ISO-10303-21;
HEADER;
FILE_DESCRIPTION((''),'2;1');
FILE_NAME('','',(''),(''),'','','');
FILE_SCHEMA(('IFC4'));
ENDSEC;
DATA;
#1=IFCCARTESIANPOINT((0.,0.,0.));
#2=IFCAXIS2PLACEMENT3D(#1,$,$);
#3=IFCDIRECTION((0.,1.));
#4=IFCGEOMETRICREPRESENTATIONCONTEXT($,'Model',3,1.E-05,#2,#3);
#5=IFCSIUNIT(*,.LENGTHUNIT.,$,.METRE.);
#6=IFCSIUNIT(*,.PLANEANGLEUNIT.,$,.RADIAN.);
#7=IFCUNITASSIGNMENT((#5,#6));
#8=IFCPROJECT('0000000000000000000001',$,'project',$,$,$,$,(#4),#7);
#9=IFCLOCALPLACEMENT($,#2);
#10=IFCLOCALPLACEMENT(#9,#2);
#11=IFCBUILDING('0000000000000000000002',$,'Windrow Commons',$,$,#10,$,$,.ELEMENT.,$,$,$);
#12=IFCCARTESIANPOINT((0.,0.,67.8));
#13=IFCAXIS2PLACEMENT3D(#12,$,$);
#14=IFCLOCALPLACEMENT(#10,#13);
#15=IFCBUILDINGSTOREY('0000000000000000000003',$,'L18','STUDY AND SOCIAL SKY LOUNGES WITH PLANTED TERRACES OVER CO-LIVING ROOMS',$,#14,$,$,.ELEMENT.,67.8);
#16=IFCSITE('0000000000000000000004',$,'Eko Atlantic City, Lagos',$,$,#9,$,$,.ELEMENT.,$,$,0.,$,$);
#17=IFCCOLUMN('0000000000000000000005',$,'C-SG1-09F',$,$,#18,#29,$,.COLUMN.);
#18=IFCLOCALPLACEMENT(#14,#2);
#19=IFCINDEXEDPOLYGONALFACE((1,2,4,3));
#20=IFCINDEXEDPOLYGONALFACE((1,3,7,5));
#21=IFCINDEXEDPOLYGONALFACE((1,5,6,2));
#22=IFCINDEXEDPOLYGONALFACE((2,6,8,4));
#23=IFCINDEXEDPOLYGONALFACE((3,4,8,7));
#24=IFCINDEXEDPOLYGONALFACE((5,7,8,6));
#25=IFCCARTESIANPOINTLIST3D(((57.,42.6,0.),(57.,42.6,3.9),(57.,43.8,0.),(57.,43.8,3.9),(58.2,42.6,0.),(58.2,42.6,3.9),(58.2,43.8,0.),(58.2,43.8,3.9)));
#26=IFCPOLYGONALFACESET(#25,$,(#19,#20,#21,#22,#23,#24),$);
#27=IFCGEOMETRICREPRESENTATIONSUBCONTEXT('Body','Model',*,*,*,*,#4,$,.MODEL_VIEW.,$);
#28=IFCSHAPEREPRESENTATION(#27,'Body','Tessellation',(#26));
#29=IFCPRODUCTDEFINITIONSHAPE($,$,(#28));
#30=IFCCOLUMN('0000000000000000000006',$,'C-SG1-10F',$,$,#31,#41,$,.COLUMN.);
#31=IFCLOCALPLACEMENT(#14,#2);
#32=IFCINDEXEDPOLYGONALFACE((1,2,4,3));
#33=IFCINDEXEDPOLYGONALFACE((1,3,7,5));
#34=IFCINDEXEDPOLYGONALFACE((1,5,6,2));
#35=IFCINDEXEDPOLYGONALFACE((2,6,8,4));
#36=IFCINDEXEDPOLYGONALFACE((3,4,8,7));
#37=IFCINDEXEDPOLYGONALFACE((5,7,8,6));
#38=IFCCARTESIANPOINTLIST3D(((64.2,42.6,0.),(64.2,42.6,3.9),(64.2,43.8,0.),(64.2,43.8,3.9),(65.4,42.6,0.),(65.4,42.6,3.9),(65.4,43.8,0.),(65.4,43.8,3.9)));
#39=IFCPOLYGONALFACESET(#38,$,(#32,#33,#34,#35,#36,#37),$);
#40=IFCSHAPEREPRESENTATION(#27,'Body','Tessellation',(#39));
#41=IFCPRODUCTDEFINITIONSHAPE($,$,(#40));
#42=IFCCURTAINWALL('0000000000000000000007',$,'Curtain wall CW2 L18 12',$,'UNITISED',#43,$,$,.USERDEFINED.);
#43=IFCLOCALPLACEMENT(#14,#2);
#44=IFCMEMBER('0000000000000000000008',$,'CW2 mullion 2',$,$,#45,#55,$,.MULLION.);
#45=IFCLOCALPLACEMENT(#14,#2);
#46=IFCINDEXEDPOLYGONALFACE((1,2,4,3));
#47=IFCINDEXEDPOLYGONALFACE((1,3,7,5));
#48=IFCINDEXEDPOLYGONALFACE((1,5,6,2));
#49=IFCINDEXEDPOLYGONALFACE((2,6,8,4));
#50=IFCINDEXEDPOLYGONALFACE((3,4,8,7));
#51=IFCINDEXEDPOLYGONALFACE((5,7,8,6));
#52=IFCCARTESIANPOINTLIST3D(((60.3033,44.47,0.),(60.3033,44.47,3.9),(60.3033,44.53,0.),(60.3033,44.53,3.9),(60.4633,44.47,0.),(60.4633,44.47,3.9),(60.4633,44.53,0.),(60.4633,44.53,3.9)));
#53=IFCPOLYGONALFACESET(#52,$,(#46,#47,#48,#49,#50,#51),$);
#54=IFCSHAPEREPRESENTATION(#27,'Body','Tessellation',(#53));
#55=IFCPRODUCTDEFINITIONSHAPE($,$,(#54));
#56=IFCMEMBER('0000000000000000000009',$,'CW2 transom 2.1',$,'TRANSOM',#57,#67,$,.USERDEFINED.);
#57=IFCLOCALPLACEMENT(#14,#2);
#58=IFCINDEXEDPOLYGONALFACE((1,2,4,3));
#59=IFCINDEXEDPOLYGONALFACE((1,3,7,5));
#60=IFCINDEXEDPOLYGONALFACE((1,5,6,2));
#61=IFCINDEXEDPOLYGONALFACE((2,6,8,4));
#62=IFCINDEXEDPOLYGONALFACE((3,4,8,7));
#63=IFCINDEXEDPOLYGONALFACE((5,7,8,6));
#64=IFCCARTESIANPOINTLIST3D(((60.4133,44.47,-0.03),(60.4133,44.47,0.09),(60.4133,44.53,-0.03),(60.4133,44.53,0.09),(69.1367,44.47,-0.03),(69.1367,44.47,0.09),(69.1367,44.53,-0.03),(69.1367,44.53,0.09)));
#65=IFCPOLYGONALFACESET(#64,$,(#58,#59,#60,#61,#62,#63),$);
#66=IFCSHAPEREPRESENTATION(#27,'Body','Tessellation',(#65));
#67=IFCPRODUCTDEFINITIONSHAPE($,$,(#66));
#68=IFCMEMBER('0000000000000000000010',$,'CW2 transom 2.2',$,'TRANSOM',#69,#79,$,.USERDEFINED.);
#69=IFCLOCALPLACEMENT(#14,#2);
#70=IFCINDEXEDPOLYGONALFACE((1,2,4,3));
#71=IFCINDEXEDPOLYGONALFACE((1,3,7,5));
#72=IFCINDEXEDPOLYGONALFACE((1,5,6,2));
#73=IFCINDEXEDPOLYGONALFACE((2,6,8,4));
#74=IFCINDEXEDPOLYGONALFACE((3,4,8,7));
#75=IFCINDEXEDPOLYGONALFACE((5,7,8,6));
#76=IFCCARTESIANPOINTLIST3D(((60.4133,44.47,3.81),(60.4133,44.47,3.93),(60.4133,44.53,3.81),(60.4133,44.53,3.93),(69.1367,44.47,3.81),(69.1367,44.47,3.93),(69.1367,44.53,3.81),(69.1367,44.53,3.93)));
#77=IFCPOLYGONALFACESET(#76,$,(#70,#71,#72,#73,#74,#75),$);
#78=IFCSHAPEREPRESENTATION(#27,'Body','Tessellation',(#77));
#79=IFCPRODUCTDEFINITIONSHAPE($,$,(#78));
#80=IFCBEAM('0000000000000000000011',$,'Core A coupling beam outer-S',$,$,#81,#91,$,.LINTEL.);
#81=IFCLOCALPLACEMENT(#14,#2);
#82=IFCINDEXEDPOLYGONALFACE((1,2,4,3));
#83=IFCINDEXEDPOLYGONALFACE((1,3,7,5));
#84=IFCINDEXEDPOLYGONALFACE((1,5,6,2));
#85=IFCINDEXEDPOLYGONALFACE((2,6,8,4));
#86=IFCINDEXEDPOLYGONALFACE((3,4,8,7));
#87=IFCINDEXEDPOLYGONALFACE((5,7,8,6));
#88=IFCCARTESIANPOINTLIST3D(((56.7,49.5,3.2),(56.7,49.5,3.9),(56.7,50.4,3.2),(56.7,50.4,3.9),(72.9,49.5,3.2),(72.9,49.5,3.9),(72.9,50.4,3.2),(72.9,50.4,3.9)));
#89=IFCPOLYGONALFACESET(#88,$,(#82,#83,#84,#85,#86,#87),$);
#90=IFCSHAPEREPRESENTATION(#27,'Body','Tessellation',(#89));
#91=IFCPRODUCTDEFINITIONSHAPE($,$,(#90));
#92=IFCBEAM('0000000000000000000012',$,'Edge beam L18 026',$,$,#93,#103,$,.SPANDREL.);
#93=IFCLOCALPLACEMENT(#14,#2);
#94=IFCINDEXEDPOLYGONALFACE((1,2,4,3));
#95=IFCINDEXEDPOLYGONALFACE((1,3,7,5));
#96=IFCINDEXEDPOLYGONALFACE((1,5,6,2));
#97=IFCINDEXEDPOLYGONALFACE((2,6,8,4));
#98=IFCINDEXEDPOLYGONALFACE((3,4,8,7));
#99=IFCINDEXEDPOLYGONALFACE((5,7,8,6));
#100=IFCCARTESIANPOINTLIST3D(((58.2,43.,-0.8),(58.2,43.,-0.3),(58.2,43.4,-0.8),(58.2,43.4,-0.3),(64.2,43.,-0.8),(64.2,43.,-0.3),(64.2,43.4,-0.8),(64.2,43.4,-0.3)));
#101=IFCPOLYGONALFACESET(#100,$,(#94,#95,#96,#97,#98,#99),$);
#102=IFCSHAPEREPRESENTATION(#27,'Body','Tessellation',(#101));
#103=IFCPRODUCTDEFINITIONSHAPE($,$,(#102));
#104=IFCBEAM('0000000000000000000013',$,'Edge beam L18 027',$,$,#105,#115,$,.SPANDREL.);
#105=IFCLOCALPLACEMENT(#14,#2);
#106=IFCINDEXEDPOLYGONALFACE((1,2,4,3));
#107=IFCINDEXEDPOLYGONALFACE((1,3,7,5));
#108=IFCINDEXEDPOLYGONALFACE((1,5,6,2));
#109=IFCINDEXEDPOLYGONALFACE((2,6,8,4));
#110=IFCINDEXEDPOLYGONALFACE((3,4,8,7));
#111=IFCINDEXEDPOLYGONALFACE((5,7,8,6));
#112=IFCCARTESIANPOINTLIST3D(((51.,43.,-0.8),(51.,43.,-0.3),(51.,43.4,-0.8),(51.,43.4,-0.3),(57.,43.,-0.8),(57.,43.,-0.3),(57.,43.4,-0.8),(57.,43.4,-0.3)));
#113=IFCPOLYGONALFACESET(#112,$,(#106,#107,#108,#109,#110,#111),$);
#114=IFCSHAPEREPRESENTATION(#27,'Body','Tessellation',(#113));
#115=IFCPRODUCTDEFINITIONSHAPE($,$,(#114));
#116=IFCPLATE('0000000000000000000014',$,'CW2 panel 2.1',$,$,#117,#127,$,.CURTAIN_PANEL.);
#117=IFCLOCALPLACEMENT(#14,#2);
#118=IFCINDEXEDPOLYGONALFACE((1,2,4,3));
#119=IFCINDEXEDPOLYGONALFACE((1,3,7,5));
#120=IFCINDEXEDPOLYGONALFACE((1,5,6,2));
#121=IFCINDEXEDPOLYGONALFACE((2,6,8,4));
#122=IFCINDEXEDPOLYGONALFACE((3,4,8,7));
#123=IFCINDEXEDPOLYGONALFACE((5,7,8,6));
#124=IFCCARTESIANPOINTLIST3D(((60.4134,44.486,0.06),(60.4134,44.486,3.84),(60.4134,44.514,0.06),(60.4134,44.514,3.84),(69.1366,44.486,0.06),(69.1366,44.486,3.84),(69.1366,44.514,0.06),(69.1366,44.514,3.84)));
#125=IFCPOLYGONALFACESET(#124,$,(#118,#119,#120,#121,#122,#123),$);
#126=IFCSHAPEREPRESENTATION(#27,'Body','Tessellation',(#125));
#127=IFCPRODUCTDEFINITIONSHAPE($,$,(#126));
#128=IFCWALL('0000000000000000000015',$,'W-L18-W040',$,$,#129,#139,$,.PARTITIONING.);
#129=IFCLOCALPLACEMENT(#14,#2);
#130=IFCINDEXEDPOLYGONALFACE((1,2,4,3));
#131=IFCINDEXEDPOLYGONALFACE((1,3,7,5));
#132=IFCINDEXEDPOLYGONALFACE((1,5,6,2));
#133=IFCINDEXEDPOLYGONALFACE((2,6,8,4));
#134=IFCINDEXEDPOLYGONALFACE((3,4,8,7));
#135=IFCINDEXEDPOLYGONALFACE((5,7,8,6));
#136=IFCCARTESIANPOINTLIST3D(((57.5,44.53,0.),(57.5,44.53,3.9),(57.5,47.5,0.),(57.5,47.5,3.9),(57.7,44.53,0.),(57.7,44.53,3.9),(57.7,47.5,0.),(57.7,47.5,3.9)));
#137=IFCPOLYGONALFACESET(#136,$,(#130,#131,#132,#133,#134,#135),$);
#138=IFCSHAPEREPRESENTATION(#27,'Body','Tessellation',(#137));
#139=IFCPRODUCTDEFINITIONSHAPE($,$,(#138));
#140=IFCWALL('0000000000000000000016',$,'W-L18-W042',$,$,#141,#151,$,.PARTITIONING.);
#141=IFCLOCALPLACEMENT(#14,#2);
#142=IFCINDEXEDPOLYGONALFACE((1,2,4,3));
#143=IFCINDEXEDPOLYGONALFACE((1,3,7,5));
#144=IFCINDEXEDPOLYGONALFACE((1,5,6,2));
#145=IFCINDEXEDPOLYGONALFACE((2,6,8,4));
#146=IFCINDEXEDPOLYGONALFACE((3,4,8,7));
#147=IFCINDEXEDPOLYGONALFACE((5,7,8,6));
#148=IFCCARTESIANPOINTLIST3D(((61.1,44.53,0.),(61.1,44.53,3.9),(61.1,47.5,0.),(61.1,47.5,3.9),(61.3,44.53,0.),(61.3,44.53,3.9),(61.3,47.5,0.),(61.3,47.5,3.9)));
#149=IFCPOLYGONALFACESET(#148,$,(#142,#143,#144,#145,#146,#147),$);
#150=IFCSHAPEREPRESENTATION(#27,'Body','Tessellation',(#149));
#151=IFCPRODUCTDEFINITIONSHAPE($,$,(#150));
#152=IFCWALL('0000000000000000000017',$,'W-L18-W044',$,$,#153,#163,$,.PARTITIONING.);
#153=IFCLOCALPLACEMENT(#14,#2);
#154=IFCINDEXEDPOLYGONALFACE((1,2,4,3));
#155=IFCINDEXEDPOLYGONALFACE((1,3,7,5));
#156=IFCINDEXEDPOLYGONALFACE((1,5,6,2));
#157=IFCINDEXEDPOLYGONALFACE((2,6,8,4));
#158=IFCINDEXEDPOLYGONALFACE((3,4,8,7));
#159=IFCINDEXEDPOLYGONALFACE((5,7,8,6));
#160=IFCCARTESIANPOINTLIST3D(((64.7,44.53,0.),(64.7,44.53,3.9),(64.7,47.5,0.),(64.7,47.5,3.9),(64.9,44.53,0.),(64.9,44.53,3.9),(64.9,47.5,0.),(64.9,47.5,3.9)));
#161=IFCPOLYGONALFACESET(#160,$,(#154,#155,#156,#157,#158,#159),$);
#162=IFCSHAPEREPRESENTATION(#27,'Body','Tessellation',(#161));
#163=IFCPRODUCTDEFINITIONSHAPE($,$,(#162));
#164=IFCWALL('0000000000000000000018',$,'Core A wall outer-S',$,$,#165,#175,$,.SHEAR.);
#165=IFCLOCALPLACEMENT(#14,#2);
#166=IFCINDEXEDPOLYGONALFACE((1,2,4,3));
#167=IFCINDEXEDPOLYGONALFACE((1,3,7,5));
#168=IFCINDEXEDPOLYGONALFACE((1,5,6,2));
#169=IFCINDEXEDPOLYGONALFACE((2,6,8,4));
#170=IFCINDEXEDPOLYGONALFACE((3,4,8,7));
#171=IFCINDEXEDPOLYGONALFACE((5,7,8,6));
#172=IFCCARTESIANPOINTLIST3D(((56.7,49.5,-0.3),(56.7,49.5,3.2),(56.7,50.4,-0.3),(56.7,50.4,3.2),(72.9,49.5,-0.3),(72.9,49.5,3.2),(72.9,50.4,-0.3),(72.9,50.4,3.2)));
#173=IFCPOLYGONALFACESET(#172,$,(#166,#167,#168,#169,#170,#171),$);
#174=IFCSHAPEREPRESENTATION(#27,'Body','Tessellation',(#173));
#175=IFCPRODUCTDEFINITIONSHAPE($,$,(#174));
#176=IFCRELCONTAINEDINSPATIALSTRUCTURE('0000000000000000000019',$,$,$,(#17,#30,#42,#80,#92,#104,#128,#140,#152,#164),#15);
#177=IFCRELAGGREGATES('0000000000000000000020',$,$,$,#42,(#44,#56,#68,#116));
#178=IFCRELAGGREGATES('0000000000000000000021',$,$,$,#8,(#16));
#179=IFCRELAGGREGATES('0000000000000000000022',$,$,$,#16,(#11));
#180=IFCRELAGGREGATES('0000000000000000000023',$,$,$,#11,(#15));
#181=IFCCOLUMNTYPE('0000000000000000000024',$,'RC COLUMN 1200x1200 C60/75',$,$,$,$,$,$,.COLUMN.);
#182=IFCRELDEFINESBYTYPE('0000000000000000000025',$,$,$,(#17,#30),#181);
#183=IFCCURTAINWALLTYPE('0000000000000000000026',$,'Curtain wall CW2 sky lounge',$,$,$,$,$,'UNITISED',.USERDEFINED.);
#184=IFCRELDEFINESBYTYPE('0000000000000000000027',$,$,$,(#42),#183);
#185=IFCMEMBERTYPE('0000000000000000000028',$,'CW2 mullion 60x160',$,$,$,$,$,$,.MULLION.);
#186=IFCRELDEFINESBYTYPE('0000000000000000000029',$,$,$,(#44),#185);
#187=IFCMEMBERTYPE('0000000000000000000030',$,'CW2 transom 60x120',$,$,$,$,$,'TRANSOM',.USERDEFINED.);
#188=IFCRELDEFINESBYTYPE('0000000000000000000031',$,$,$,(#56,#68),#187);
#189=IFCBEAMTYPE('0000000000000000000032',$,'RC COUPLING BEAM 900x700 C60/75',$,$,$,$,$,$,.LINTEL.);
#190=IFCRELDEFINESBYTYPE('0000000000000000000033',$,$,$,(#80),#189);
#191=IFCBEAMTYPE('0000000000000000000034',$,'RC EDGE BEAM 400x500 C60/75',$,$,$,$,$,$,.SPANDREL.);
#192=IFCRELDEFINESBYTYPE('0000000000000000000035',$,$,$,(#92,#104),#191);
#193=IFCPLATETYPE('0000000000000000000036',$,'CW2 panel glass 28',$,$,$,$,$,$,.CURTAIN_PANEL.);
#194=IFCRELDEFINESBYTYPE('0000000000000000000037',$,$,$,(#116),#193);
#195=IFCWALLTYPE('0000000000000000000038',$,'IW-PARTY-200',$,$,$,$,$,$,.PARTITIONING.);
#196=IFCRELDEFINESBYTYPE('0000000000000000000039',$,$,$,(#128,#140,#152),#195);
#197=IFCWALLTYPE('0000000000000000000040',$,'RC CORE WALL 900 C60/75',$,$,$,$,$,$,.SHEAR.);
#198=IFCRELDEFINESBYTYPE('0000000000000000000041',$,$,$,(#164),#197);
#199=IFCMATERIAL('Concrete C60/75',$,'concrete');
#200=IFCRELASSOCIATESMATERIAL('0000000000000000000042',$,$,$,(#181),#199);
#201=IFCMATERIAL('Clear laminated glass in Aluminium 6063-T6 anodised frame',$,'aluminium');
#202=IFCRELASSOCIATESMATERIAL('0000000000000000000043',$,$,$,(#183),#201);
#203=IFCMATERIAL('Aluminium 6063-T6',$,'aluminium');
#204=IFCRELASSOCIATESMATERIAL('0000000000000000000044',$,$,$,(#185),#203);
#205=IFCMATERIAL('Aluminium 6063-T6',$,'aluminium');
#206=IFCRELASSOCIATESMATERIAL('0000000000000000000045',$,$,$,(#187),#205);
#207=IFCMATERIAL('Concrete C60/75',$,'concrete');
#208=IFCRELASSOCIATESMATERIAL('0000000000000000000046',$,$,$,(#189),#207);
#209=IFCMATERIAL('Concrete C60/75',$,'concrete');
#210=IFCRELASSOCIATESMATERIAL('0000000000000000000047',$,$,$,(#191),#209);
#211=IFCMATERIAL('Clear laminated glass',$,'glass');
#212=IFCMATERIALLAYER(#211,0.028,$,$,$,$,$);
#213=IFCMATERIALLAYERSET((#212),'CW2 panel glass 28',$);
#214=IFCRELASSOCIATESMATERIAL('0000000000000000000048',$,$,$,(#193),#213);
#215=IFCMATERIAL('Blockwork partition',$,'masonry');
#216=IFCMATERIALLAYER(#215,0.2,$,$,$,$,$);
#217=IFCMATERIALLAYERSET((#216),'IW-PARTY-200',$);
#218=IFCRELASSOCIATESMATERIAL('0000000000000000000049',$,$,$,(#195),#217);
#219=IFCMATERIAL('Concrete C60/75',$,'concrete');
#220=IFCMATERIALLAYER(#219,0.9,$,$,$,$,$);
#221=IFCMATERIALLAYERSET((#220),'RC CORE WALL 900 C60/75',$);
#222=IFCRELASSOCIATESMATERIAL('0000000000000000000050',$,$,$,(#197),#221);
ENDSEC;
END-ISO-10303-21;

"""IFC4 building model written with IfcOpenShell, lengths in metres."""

from ifc_helpers import new_model, si_unit, direction, frame, frame_2d, origin, origin_2d, place, context, subcontext, project, spatial, rectangle, extrude, material, layer, layer_set, material_profile, profile_set, type_object, element, aggregate, save


model = new_model("IFC4")

# Units and contexts
model_context = context("Model", 3, precision=1e-05, world=origin(), true_north=direction((0.0, 1.0)))
body_context = subcontext(model_context, "Body", "Model", "MODEL_VIEW")
ifc_project = project(units=[si_unit("LENGTHUNIT", "METRE"), si_unit("PLANEANGLEUNIT", "RADIAN")], contexts=[model_context])

# Site, building, storey
site_placement = place(None, origin())
site = spatial("IfcSite", under=ifc_project, at=site_placement, Name="Eko Atlantic City, Lagos", CompositionType="ELEMENT", RefElevation=0.0)
building_placement = place(site_placement, origin())
building = spatial("IfcBuilding", under=site, at=building_placement, Name="Windrow Commons", CompositionType="ELEMENT")
storey_placement = place(building_placement, frame((0.0, 0.0, 67.8)))
storey = spatial("IfcBuildingStorey", under=building, at=storey_placement, Name="L18", Description="STUDY AND SOCIAL SKY LOUNGES WITH PLANTED TERRACES OVER CO-LIVING ROOMS", CompositionType="ELEMENT", Elevation=67.8)

# Columns
ifc_material_1 = material(Name="Concrete C60/75", Category="concrete")
ifc_material_profile_1 = material_profile(ifc_material_1, rectangle(XDim=1.2, YDim=1.2, at=origin_2d()))
ifc_profile_set_1 = profile_set([ifc_material_profile_1], Name="Concrete C60/75")
column_type = type_object("IfcColumnType", Name="RC COLUMN 1200x1200 C60/75", PredefinedType="COLUMN", material=ifc_profile_set_1)
for number, where, z_axis, x_axis, name in (
    (1, (57.6, 43.2, 0.0), (0.0, 0.0, 1.0), (1.0, 0.0, 0.0), "C-SG1-09F"),
    (2, (64.8, 43.2, 0.0), (0.0, 0.0, 1.0), (1.0, 0.0, 0.0), "C-SG1-10F"),
):
    element("IfcColumn", number, at=place(storey_placement, frame(where, z_axis=z_axis, x_axis=x_axis)), inside=storey, type_object=column_type, Name=name, PredefinedType="COLUMN", context=body_context, shape_type="SweptSolid", body=[
        extrude(rectangle(XDim=1.2, YDim=1.2, at=origin_2d()), origin(), (0.0, 0.0, 1.0), 3.9),
    ])

# Curtain wall, members
ifc_material_2 = material(Name="Clear laminated glass in Aluminium 6063-T6 anodised frame", Category="aluminium")
curtain_wall_type = type_object("IfcCurtainWallType", Name="Curtain wall CW2 sky lounge", ElementType="UNITISED", PredefinedType="USERDEFINED", material=ifc_material_2)
curtain_wall_placement = place(storey_placement, origin())
curtain_wall = element("IfcCurtainWall", 3, at=curtain_wall_placement, inside=storey, type_object=curtain_wall_type, Name="Curtain wall CW2 L18 12", ObjectType="UNITISED", PredefinedType="USERDEFINED")
ifc_material_3 = material(Name="Aluminium 6063-T6", Category="aluminium")
ifc_material_profile_2 = material_profile(ifc_material_3, rectangle(XDim=0.06, YDim=0.16, at=origin_2d()))
ifc_profile_set_2 = profile_set([ifc_material_profile_2], Name="Aluminium 6063-T6")
member_type_1 = type_object("IfcMemberType", Name="CW2 mullion 60x160", PredefinedType="MULLION", material=ifc_profile_set_2)
member_1_placement = place(storey_placement, frame((60.3833, 44.5, 0.0), z_axis=(0.0, 0.0, 1.0), x_axis=(0.0, 1.0, 0.0)))
member_1 = element("IfcMember", 4, at=member_1_placement, type_object=member_type_1, Name="CW2 mullion 2", PredefinedType="MULLION", context=body_context, shape_type="SweptSolid", body=[
    extrude(rectangle(XDim=0.06, YDim=0.16, at=origin_2d()), origin(), (0.0, 0.0, 1.0), 3.9),
])
ifc_material_4 = material(Name="Aluminium 6063-T6", Category="aluminium")
ifc_material_profile_3 = material_profile(ifc_material_4, rectangle(XDim=0.06, YDim=0.12, at=origin_2d()))
ifc_profile_set_3 = profile_set([ifc_material_profile_3], Name="Aluminium 6063-T6")
member_type_2 = type_object("IfcMemberType", Name="CW2 transom 60x120", ElementType="TRANSOM", PredefinedType="USERDEFINED", material=ifc_profile_set_3)
member_2_placement = place(storey_placement, frame((60.4133, 44.5, 0.03), z_axis=(1.0, 0.0, 0.0), x_axis=(0.0, 1.0, 0.0)))
member_2 = element("IfcMember", 5, at=member_2_placement, type_object=member_type_2, Name="CW2 transom 2.1", ObjectType="TRANSOM", PredefinedType="USERDEFINED", context=body_context, shape_type="SweptSolid", body=[
    extrude(rectangle(XDim=0.06, YDim=0.12, at=origin_2d()), origin(), (0.0, 0.0, 1.0), 8.7234),
])
member_3_placement = place(storey_placement, frame((60.4133, 44.5, 3.87), z_axis=(1.0, 0.0, 0.0), x_axis=(0.0, 1.0, 0.0)))
member_3 = element("IfcMember", 6, at=member_3_placement, type_object=member_type_2, Name="CW2 transom 2.2", ObjectType="TRANSOM", PredefinedType="USERDEFINED", context=body_context, shape_type="SweptSolid", body=[
    extrude(rectangle(XDim=0.06, YDim=0.12, at=origin_2d()), origin(), (0.0, 0.0, 1.0), 8.7234),
])

# Beams
ifc_material_5 = material(Name="Concrete C60/75", Category="concrete")
ifc_material_profile_4 = material_profile(ifc_material_5, rectangle(XDim=0.9, YDim=0.7, at=origin_2d()))
ifc_profile_set_4 = profile_set([ifc_material_profile_4], Name="Concrete C60/75")
beam_type_1 = type_object("IfcBeamType", Name="RC COUPLING BEAM 900x700 C60/75", PredefinedType="LINTEL", material=ifc_profile_set_4)
beam_placement = place(storey_placement, frame((56.7, 49.95, 3.55), z_axis=(1.0, 0.0, 0.0), x_axis=(0.0, 1.0, 0.0)))
element("IfcBeam", 7, at=beam_placement, inside=storey, type_object=beam_type_1, Name="Core A coupling beam outer-S", PredefinedType="LINTEL", context=body_context, shape_type="SweptSolid", body=[
    extrude(rectangle(XDim=0.9, YDim=0.7, at=origin_2d()), origin(), (0.0, 0.0, 1.0), 16.2),
])
ifc_material_6 = material(Name="Concrete C60/75", Category="concrete")
ifc_material_profile_5 = material_profile(ifc_material_6, rectangle(XDim=0.4, YDim=0.5, at=origin_2d()))
ifc_profile_set_5 = profile_set([ifc_material_profile_5], Name="Concrete C60/75")
beam_type_2 = type_object("IfcBeamType", Name="RC EDGE BEAM 400x500 C60/75", PredefinedType="SPANDREL", material=ifc_profile_set_5)
for number, where, z_axis, x_axis, name in (
    (8, (64.2, 43.2, -0.55), (-1.0, 0.0, 0.0), (0.0, -1.0, 0.0), "Edge beam L18 026"),
    (9, (57.0, 43.2, -0.55), (-1.0, 0.0, 0.0), (0.0, -1.0, 0.0), "Edge beam L18 027"),
):
    element("IfcBeam", number, at=place(storey_placement, frame(where, z_axis=z_axis, x_axis=x_axis)), inside=storey, type_object=beam_type_2, Name=name, PredefinedType="SPANDREL", context=body_context, shape_type="SweptSolid", body=[
        extrude(rectangle(XDim=0.4, YDim=0.5, at=origin_2d()), origin(), (0.0, 0.0, 1.0), 6.0),
    ])

# Plate
ifc_material_7 = material(Name="Clear laminated glass", Category="glass")
ifc_layer_1 = layer(ifc_material_7, 0.028)
ifc_layer_set_1 = layer_set([ifc_layer_1], Name="CW2 panel glass 28")
plate_type = type_object("IfcPlateType", Name="CW2 panel glass 28", PredefinedType="CURTAIN_PANEL", material=ifc_layer_set_1)
plate_placement = place(storey_placement, frame((64.775, 44.5, 0.06), z_axis=(0.0, 0.0, 1.0), x_axis=(1.0, 0.0, 0.0)))
plate = element("IfcPlate", 10, at=plate_placement, type_object=plate_type, Name="CW2 panel 2.1", PredefinedType="CURTAIN_PANEL", context=body_context, shape_type="SweptSolid", body=[
    extrude(rectangle(XDim=8.7233, YDim=0.028, at=origin_2d()), origin(), (0.0, 0.0, 1.0), 3.78),
])
aggregate(curtain_wall, [member_1, member_2, member_3, plate])

# Walls
ifc_material_8 = material(Name="Blockwork partition", Category="masonry")
ifc_layer_2 = layer(ifc_material_8, 0.2)
ifc_layer_set_2 = layer_set([ifc_layer_2], Name="IW-PARTY-200")
wall_type_1 = type_object("IfcWallType", Name="IW-PARTY-200", PredefinedType="PARTITIONING", material=ifc_layer_set_2)
for number, where, z_axis, x_axis, name in (
    (11, (57.6, 44.53, 0.0), (0.0, 0.0, 1.0), (0.0, 1.0, 0.0), "W-L18-W040"),
    (12, (61.2, 44.53, 0.0), (0.0, 0.0, 1.0), (0.0, 1.0, 0.0), "W-L18-W042"),
    (13, (64.8, 44.53, 0.0), (0.0, 0.0, 1.0), (0.0, 1.0, 0.0), "W-L18-W044"),
):
    element("IfcWall", number, at=place(storey_placement, frame(where, z_axis=z_axis, x_axis=x_axis)), inside=storey, type_object=wall_type_1, Name=name, PredefinedType="PARTITIONING", context=body_context, shape_type="SweptSolid", body=[
        extrude(rectangle(XDim=2.97, YDim=0.2, at=frame_2d((1.485, 0.0))), origin(), (0.0, 0.0, 1.0), 3.9),
    ])
ifc_material_9 = material(Name="Concrete C60/75", Category="concrete")
ifc_layer_3 = layer(ifc_material_9, 0.9)
ifc_layer_set_3 = layer_set([ifc_layer_3], Name="RC CORE WALL 900 C60/75")
wall_type_2 = type_object("IfcWallType", Name="RC CORE WALL 900 C60/75", PredefinedType="SHEAR", material=ifc_layer_set_3)
wall_placement = place(storey_placement, frame((56.7, 49.95, -0.3), z_axis=(0.0, 0.0, 1.0), x_axis=(1.0, 0.0, 0.0)))
element("IfcWall", 14, at=wall_placement, inside=storey, type_object=wall_type_2, Name="Core A wall outer-S", PredefinedType="SHEAR", context=body_context, shape_type="SweptSolid", body=[
    extrude(rectangle(XDim=16.2, YDim=0.9, at=frame_2d((8.1, 0.0))), origin(), (0.0, 0.0, 1.0), 3.5),
])

save(model, "model.ifc")
